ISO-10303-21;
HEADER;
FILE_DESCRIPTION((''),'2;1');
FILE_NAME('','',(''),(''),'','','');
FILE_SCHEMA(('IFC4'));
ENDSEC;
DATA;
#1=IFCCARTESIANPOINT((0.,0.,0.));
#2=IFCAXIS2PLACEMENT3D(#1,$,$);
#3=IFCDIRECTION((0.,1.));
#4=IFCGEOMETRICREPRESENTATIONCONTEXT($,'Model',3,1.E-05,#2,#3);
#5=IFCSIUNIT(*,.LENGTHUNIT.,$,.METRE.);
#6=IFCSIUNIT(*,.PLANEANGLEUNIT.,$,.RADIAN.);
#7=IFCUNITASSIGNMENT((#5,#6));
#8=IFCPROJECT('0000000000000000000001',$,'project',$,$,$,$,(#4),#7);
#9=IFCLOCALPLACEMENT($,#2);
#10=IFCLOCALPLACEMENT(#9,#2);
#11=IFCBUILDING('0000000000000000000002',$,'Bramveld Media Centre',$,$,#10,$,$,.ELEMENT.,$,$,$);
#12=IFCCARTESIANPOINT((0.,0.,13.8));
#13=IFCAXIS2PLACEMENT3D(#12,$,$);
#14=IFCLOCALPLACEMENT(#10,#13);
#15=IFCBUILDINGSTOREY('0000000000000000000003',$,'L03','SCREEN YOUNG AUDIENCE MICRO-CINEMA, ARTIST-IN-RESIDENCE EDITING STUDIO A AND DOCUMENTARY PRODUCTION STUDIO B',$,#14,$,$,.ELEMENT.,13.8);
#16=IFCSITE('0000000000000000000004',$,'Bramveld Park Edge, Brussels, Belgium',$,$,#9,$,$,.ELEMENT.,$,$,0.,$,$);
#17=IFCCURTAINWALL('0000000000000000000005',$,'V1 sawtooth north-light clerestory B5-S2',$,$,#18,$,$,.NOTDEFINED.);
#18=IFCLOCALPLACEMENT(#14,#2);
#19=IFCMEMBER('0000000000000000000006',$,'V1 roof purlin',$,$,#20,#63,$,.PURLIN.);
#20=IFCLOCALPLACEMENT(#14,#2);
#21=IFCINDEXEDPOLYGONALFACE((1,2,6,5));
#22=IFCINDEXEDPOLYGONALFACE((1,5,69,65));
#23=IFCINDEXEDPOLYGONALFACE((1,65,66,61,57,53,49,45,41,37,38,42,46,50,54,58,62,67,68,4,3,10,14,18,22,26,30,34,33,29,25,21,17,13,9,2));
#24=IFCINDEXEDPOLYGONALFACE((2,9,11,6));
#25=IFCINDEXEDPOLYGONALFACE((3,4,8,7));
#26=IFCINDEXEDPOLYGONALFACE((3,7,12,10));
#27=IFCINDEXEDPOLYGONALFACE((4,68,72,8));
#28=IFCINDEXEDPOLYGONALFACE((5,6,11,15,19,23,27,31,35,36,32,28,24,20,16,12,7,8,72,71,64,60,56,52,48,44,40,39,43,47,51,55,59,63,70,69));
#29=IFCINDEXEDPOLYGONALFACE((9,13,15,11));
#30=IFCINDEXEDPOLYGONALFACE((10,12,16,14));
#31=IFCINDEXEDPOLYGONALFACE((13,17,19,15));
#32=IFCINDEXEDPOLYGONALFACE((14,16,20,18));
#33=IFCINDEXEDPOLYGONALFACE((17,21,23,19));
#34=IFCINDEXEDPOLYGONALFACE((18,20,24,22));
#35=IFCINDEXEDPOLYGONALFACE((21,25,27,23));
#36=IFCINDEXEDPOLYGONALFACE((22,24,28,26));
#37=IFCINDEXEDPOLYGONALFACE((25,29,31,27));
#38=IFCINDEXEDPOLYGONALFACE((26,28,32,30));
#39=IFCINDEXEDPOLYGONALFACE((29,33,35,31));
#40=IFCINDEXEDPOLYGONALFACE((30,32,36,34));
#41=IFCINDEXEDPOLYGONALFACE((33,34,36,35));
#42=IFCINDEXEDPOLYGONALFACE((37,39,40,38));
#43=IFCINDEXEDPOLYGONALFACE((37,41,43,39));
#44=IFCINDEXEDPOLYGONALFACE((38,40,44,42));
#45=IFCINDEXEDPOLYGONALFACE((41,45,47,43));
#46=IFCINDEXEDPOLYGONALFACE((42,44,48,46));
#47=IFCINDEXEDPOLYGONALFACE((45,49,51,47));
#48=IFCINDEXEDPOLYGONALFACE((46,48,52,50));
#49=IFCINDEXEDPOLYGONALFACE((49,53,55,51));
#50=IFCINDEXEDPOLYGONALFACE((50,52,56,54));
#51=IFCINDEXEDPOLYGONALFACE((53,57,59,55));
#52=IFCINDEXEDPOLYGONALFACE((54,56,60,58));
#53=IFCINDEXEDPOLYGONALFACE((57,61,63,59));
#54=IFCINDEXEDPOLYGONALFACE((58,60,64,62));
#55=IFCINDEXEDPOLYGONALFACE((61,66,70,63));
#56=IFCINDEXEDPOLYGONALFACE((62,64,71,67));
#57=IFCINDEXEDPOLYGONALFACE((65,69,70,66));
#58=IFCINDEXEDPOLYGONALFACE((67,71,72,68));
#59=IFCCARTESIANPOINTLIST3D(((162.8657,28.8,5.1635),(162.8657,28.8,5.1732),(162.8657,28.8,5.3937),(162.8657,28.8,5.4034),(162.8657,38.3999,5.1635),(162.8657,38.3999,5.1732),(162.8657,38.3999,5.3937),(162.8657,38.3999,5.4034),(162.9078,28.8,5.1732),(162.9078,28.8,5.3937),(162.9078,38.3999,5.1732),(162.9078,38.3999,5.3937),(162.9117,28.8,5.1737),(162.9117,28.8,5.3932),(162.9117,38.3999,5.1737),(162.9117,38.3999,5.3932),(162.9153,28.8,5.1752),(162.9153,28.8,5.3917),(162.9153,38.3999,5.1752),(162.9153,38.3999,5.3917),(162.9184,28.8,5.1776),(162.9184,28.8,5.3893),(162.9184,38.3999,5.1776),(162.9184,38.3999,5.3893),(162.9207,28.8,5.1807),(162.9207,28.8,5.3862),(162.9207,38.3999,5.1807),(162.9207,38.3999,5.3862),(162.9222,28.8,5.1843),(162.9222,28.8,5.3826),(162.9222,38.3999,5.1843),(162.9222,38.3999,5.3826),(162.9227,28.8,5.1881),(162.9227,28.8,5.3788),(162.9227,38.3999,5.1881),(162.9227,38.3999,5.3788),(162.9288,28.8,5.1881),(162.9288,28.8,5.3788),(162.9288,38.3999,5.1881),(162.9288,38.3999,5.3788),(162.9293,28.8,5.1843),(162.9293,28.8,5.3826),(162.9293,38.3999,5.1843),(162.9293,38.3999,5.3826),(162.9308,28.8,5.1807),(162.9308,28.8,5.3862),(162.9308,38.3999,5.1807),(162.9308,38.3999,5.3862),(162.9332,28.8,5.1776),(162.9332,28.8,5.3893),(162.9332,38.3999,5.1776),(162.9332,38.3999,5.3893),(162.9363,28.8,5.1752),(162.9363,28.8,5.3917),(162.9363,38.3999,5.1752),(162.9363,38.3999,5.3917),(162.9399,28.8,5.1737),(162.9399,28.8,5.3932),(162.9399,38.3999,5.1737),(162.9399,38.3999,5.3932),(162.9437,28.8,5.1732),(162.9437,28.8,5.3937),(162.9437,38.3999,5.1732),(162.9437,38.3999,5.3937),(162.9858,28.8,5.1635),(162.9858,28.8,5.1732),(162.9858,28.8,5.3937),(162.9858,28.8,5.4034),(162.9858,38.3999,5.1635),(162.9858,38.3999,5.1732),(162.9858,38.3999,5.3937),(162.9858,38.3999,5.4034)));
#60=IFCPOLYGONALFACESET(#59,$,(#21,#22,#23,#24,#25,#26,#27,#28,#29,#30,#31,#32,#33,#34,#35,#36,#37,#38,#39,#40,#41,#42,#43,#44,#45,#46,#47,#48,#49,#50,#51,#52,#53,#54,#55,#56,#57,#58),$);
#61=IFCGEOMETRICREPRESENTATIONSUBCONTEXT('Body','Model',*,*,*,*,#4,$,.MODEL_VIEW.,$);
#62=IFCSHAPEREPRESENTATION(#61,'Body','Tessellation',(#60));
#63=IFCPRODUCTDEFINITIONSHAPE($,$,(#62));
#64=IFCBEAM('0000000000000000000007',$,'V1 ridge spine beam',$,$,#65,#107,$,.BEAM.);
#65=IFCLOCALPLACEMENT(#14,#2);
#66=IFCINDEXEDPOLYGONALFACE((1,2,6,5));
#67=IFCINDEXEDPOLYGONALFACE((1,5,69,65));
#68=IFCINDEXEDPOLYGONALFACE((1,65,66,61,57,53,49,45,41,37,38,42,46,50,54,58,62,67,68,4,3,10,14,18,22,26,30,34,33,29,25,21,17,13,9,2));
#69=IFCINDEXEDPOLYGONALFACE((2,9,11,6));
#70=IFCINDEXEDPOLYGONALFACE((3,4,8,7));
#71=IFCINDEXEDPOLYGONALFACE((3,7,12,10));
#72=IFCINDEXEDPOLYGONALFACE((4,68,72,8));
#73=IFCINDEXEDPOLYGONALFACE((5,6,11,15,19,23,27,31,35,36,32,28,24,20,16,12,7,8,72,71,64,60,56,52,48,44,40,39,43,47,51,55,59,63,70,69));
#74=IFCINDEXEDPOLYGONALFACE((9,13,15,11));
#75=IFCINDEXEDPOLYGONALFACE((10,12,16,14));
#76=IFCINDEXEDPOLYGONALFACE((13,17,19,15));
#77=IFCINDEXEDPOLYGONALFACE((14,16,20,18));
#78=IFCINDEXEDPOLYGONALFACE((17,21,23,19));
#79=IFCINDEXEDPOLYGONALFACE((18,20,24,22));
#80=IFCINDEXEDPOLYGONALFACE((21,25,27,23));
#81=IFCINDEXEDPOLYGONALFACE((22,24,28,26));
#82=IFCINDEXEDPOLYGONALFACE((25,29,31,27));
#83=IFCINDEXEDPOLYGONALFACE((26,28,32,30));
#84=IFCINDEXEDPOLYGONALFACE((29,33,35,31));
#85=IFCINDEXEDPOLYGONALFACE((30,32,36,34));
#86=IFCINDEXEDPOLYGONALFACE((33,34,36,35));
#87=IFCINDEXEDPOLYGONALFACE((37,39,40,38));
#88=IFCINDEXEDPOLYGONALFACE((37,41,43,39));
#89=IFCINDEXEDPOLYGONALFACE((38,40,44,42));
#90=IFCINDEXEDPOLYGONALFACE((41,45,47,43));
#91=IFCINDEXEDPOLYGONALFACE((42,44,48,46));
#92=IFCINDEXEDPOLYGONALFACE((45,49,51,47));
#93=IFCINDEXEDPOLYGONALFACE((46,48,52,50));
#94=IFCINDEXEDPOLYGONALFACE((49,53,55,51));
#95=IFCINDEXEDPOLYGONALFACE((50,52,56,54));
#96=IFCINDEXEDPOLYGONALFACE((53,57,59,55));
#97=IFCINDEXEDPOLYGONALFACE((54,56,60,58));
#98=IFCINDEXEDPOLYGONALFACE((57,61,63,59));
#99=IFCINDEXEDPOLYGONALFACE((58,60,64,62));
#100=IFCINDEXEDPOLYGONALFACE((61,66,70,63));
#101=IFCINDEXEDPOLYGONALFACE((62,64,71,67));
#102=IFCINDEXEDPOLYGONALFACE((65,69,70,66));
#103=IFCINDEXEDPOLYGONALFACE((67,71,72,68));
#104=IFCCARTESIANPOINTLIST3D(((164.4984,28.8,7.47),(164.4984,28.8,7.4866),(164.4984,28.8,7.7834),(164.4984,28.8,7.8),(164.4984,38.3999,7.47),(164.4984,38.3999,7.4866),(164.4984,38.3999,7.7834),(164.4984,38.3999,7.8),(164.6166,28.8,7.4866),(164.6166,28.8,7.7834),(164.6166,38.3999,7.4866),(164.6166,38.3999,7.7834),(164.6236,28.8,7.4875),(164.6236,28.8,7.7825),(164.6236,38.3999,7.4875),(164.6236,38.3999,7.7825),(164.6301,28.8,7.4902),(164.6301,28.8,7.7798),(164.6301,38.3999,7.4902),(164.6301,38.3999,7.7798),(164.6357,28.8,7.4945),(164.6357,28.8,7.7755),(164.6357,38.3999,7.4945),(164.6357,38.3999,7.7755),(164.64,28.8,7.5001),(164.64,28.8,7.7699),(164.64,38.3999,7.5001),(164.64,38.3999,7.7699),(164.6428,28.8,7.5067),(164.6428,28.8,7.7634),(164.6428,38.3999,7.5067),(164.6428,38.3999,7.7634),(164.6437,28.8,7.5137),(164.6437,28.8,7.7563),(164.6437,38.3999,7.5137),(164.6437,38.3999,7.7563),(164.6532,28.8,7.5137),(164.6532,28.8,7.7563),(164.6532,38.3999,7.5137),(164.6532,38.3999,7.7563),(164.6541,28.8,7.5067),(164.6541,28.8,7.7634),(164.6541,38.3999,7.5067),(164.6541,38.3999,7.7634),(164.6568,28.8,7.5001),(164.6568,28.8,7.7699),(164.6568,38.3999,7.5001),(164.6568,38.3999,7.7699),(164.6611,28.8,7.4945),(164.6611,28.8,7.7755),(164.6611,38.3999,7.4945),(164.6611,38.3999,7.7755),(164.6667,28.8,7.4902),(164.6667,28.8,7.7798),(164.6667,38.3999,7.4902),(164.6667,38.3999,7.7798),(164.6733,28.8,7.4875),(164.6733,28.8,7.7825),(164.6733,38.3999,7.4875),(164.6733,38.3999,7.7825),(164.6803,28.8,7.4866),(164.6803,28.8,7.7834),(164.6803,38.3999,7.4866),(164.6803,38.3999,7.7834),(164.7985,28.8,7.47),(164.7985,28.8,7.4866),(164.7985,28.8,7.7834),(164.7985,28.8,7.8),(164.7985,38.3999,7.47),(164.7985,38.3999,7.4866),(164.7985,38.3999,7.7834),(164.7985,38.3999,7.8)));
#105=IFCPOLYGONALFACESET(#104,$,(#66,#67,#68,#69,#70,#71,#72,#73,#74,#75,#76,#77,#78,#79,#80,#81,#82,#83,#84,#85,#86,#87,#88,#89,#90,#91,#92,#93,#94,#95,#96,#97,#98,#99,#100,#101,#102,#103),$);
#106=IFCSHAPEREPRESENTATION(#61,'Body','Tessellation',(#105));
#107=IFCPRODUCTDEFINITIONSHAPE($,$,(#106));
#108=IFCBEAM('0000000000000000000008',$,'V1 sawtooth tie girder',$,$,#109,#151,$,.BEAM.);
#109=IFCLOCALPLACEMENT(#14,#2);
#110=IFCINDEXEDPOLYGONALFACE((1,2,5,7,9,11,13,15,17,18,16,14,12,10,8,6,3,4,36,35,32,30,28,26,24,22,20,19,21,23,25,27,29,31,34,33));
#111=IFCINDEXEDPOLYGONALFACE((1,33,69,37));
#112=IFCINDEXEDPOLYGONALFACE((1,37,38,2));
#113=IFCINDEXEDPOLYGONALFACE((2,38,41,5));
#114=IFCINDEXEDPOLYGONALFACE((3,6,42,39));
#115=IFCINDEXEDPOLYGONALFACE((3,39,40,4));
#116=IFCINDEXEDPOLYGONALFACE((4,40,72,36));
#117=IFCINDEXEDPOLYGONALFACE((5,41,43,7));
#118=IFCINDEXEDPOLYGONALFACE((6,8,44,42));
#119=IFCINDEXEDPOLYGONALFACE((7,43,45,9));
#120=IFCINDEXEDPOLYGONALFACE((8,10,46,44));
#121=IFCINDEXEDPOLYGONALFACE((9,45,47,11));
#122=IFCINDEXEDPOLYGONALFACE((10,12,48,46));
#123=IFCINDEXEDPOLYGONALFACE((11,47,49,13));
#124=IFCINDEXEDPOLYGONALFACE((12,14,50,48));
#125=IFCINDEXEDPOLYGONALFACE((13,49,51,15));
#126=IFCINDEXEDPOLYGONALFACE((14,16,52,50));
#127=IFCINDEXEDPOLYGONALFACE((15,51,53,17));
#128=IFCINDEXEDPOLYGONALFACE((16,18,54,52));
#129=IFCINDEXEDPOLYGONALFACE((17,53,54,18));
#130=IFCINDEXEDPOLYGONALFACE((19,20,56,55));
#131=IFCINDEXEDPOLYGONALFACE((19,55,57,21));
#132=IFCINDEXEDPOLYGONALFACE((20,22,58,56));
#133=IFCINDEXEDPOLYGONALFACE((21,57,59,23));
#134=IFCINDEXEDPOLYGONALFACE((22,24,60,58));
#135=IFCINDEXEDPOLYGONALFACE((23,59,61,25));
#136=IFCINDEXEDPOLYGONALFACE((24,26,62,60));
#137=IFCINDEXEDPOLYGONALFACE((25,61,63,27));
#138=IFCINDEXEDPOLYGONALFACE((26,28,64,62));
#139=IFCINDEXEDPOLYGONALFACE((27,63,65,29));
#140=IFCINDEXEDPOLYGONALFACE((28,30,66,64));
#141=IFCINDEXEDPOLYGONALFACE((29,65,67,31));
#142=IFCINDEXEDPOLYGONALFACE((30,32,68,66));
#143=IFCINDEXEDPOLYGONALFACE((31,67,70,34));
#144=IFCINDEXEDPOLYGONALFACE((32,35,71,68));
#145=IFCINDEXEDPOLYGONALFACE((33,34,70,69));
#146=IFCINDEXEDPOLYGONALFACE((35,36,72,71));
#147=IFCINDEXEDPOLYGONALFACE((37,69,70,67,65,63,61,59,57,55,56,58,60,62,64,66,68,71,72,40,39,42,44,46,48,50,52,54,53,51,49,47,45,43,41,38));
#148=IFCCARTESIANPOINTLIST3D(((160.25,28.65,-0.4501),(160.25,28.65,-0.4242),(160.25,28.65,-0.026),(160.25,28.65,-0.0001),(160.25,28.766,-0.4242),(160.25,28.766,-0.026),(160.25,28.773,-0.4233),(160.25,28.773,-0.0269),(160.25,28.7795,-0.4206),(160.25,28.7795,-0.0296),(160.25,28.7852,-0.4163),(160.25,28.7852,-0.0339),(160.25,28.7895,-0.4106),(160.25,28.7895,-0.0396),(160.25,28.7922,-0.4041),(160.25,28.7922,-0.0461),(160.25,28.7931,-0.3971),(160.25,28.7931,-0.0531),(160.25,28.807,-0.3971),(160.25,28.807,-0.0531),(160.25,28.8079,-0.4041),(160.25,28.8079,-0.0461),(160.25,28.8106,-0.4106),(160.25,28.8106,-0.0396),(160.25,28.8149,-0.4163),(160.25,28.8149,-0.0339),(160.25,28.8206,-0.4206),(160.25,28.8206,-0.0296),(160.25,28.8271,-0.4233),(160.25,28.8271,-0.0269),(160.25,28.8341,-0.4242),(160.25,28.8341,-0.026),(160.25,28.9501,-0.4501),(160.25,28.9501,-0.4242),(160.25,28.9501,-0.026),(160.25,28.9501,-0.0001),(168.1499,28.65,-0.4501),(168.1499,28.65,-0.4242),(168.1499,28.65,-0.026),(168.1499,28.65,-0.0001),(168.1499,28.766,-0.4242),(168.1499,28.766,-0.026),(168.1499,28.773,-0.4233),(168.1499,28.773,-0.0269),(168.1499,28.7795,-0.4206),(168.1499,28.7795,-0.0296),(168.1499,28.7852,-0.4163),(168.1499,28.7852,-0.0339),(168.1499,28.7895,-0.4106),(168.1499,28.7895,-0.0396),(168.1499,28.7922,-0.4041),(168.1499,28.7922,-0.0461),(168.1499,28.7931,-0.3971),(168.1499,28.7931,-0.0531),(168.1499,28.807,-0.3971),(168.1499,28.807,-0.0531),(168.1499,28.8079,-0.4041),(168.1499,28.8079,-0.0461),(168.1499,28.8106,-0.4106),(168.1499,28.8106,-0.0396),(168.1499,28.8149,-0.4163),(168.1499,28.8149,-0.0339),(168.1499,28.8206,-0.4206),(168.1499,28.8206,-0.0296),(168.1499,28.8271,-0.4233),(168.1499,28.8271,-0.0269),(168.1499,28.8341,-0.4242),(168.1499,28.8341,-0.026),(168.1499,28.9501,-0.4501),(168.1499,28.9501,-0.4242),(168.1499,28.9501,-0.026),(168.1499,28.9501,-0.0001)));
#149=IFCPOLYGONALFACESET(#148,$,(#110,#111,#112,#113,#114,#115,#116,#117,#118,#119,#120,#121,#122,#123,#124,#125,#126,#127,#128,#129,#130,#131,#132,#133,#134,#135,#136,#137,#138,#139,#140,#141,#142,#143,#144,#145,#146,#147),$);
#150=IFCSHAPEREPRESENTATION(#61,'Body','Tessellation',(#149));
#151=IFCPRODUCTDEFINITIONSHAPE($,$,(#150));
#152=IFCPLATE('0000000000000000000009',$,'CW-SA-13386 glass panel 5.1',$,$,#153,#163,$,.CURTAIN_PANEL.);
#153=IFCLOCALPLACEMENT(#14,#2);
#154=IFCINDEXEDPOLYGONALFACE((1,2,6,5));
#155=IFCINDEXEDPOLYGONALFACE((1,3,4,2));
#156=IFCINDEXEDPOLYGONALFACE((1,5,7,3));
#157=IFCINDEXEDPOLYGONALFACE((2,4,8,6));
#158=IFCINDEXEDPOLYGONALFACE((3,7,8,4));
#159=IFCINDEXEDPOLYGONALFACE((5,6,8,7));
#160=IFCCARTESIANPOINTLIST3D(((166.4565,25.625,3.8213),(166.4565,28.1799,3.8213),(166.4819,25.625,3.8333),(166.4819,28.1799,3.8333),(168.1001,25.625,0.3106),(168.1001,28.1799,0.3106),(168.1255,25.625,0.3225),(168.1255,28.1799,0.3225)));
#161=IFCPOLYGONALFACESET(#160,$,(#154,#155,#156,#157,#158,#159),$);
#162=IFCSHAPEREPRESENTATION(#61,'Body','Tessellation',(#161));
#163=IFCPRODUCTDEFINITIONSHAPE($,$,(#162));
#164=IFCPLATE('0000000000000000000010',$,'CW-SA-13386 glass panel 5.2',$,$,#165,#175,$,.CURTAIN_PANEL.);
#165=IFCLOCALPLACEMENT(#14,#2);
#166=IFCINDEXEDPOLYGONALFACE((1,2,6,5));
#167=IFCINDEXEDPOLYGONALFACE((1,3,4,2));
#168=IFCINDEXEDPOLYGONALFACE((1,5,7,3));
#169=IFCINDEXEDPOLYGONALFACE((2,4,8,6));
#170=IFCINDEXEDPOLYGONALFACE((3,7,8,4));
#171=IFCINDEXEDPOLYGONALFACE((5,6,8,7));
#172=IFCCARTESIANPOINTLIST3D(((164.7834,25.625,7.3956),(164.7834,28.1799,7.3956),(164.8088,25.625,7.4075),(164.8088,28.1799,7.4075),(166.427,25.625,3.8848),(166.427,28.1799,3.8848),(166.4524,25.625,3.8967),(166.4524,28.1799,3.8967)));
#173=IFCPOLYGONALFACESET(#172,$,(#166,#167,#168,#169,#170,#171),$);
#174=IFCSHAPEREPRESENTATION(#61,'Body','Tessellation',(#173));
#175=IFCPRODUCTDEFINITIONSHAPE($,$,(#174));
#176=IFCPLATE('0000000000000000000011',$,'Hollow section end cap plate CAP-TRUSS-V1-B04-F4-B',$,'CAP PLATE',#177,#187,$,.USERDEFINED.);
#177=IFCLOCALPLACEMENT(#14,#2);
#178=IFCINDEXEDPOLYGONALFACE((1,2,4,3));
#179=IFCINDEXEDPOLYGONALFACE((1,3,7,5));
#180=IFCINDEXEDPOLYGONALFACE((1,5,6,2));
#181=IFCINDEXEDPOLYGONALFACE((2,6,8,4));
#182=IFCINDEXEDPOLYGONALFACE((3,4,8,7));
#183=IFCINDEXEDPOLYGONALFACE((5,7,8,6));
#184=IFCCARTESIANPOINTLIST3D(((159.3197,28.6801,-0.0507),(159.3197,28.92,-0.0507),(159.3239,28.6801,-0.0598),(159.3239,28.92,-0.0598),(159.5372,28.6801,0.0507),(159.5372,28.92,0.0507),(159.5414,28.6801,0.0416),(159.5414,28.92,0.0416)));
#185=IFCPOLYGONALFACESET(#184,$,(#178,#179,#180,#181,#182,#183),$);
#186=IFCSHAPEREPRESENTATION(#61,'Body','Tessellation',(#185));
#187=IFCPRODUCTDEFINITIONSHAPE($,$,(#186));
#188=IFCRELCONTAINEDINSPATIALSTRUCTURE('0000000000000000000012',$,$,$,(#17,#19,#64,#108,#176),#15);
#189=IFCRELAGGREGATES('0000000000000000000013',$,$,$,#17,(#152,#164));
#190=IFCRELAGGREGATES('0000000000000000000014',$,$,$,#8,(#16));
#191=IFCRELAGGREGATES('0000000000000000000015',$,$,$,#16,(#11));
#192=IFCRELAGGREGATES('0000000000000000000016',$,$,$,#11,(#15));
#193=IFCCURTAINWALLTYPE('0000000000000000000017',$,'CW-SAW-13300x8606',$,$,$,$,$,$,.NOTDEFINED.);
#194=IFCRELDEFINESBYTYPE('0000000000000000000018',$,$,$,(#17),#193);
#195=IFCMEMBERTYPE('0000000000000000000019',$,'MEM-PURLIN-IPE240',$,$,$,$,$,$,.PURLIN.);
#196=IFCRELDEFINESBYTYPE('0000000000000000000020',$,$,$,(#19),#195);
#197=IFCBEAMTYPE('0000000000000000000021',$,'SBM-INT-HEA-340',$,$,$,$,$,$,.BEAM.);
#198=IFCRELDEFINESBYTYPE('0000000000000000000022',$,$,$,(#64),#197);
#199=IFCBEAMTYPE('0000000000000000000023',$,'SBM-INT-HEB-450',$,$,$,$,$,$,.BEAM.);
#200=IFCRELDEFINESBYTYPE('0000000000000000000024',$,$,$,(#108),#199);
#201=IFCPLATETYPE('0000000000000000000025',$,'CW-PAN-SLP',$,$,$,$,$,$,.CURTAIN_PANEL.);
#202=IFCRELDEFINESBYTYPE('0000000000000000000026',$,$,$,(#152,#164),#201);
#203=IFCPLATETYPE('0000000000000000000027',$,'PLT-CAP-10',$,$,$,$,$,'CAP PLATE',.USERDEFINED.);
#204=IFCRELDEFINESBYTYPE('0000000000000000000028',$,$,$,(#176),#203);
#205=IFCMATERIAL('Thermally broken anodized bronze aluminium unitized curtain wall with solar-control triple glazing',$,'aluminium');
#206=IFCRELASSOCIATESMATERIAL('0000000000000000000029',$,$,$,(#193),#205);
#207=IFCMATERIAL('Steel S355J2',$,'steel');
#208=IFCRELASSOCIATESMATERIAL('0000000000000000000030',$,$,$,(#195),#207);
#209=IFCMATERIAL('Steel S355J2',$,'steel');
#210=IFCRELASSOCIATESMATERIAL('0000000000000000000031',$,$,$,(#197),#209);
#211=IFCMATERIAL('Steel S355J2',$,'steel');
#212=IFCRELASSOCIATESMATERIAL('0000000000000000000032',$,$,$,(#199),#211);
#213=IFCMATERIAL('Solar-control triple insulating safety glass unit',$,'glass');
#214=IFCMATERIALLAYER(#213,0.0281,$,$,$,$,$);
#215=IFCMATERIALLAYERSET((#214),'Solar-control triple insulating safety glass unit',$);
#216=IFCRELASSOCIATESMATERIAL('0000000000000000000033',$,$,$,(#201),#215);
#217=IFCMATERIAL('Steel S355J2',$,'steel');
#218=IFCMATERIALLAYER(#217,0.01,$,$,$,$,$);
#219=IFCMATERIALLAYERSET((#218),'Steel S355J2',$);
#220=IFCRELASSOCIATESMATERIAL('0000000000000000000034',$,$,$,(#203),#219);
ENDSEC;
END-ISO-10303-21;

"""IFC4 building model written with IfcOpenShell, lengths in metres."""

from ifc_helpers import new_model, si_unit, direction, frame, origin, origin_2d, place, context, subcontext, project, spatial, polyline, rectangle, i_section, outline, extrude, material, layer, layer_set, material_profile, profile_set, type_object, element, aggregate, save


model = new_model("IFC4")

# Units and contexts
model_context = context("Model", 3, precision=1e-05, world=origin(), true_north=direction((0.0, 1.0)))
body_context = subcontext(model_context, "Body", "Model", "MODEL_VIEW")
ifc_project = project(units=[si_unit("LENGTHUNIT", "METRE"), si_unit("PLANEANGLEUNIT", "RADIAN")], contexts=[model_context])

# Site, building, storey
site_placement = place(None, origin())
site = spatial("IfcSite", under=ifc_project, at=site_placement, Name="Bramveld Park Edge, Brussels, Belgium", CompositionType="ELEMENT", RefElevation=0.0)
building_placement = place(site_placement, origin())
building = spatial("IfcBuilding", under=site, at=building_placement, Name="Bramveld Media Centre", CompositionType="ELEMENT")
storey_placement = place(building_placement, frame((0.0, 0.0, 13.8)))
storey = spatial("IfcBuildingStorey", under=building, at=storey_placement, Name="L03", Description="SCREEN YOUNG AUDIENCE MICRO-CINEMA, ARTIST-IN-RESIDENCE EDITING STUDIO A AND DOCUMENTARY PRODUCTION STUDIO B", CompositionType="ELEMENT", Elevation=13.8)

# Curtain wall
ifc_material_1 = material(Name="Thermally broken anodized bronze aluminium unitized curtain wall with solar-control triple glazing", Category="aluminium")
curtain_wall_type = type_object("IfcCurtainWallType", Name="CW-SAW-13300x8606", PredefinedType="NOTDEFINED", material=ifc_material_1)
curtain_wall_1_placement = place(storey_placement, origin())
curtain_wall_1 = element("IfcCurtainWall", 1, at=curtain_wall_1_placement, inside=storey, type_object=curtain_wall_type, Name="V1 sawtooth north-light clerestory B5-S2", PredefinedType="NOTDEFINED")

# Member
ifc_material_2 = material(Name="Steel S355J2", Category="steel")
ifc_material_profile_1 = material_profile(ifc_material_2, i_section(OverallWidth=0.1201, OverallDepth=0.24, WebThickness=0.0061, FlangeThickness=0.0098, FilletRadius=0.0149, at=origin_2d()), Name="IPE 240")
ifc_profile_set_1 = profile_set([ifc_material_profile_1], Name="Steel S355J2")
member_type_1 = type_object("IfcMemberType", Name="MEM-PURLIN-IPE240", PredefinedType="PURLIN", material=ifc_profile_set_1)
member_1_placement = place(storey_placement, frame((162.9258, 28.8, 5.2834), z_axis=(0.0, 1.0, 0.0), x_axis=(-1.0, 0.0, 0.0)))
element("IfcMember", 2, at=member_1_placement, inside=storey, type_object=member_type_1, Name="V1 roof purlin", PredefinedType="PURLIN", context=body_context, shape_type="SweptSolid", body=[
    extrude(i_section(OverallWidth=0.1201, OverallDepth=0.24, WebThickness=0.0061, FlangeThickness=0.0098, FilletRadius=0.0149, at=origin_2d()), origin(), (0.0, 0.0, 1.0), 9.5999),
])

# Beams
ifc_material_3 = material(Name="Steel S355J2", Category="steel")
ifc_material_profile_2 = material_profile(ifc_material_3, i_section(OverallWidth=0.3, OverallDepth=0.3301, WebThickness=0.0095, FlangeThickness=0.0166, FilletRadius=0.0271, at=origin_2d()), Name="HEA 340")
ifc_profile_set_2 = profile_set([ifc_material_profile_2], Name="Steel S355J2")
beam_type_1 = type_object("IfcBeamType", Name="SBM-INT-HEA-340", PredefinedType="BEAM", material=ifc_profile_set_2)
beam_1_placement = place(storey_placement, frame((164.6484, 28.8, 7.635), z_axis=(0.0, 1.0, 0.0), x_axis=(-1.0, 0.0, 0.0)))
element("IfcBeam", 3, at=beam_1_placement, inside=storey, type_object=beam_type_1, Name="V1 ridge spine beam", PredefinedType="BEAM", context=body_context, shape_type="SweptSolid", body=[
    extrude(i_section(OverallWidth=0.3, OverallDepth=0.3301, WebThickness=0.0095, FlangeThickness=0.0166, FilletRadius=0.0271, at=origin_2d()), origin(), (0.0, 0.0, 1.0), 9.5999),
])
ifc_material_4 = material(Name="Steel S355J2", Category="steel")
ifc_material_profile_3 = material_profile(ifc_material_4, i_section(OverallWidth=0.3, OverallDepth=0.45, WebThickness=0.0139, FlangeThickness=0.0259, FilletRadius=0.0271, at=origin_2d()), Name="HEB 450")
ifc_profile_set_3 = profile_set([ifc_material_profile_3], Name="Steel S355J2")
beam_type_2 = type_object("IfcBeamType", Name="SBM-INT-HEB-450", PredefinedType="BEAM", material=ifc_profile_set_3)
beam_2_placement = place(storey_placement, frame((160.25, 28.8, -0.2251), z_axis=(1.0, 0.0, 0.0), x_axis=(0.0, 1.0, 0.0)))
element("IfcBeam", 4, at=beam_2_placement, inside=storey, type_object=beam_type_2, Name="V1 sawtooth tie girder", PredefinedType="BEAM", context=body_context, shape_type="SweptSolid", body=[
    extrude(i_section(OverallWidth=0.3, OverallDepth=0.45, WebThickness=0.0139, FlangeThickness=0.0259, FilletRadius=0.0271, at=origin_2d()), origin(), (0.0, 0.0, 1.0), 7.8999),
])

# Plates
ifc_material_5 = material(Name="Solar-control triple insulating safety glass unit", Category="glass")
ifc_layer_1 = layer(ifc_material_5, 0.0281)
ifc_layer_set_1 = layer_set([ifc_layer_1], Name="Solar-control triple insulating safety glass unit")
plate_type_1 = type_object("IfcPlateType", Name="CW-PAN-SLP", PredefinedType="CURTAIN_PANEL", material=ifc_layer_set_1)
plate_1_placement = place(storey_placement, frame((168.1255, 25.625, 0.3225), z_axis=(0.905668, 0.0, 0.423988), x_axis=(0.0, 1.0, 0.0)))
plate_1 = element("IfcPlate", 5, at=plate_1_placement, type_object=plate_type_1, Name="CW-SA-13386 glass panel 5.1", PredefinedType="CURTAIN_PANEL", context=body_context, shape_type="SweptSolid", body=[
    extrude(outline(polyline([(0.0, 0.0), (2.5549, 0.0), (2.5549, 3.8764), (0.0, 3.8764), (0.0, 0.0)])), origin(), (0.0, 0.0, -1.0), 0.0281),
])
plate_2_placement = place(storey_placement, frame((166.4524, 25.625, 3.8967), z_axis=(0.905668, 0.0, 0.423988), x_axis=(0.0, 1.0, 0.0)))
plate_2 = element("IfcPlate", 6, at=plate_2_placement, type_object=plate_type_1, Name="CW-SA-13386 glass panel 5.2", PredefinedType="CURTAIN_PANEL", context=body_context, shape_type="SweptSolid", body=[
    extrude(outline(polyline([(0.0, 0.0), (2.5549, 0.0), (2.5549, 3.8764), (0.0, 3.8764), (0.0, 0.0)])), origin(), (0.0, 0.0, -1.0), 0.0281),
])
aggregate(curtain_wall_1, [plate_1, plate_2])

# Plate
ifc_material_6 = material(Name="Steel S355J2", Category="steel")
ifc_layer_2 = layer(ifc_material_6, 0.01)
ifc_layer_set_2 = layer_set([ifc_layer_2], Name="Steel S355J2")
plate_type_2 = type_object("IfcPlateType", Name="PLT-CAP-10", ElementType="CAP PLATE", PredefinedType="USERDEFINED", material=ifc_layer_set_2)
for number, where, z_axis, x_axis, name in (
    (7, (159.4285, 28.8, 0.0), (0.422628, 0.0, -0.906303), (0.0, 1.0, 0.0), "Hollow section end cap plate CAP-TRUSS-V1-B04-F4-B"),
):
    element("IfcPlate", number, at=place(storey_placement, frame(where, z_axis=z_axis, x_axis=x_axis)), inside=storey, type_object=plate_type_2, Name=name, ObjectType="CAP PLATE", PredefinedType="USERDEFINED", context=body_context, shape_type="SweptSolid", body=[
        extrude(rectangle(XDim=0.24, YDim=0.24, at=origin_2d()), origin(), (0.0, 0.0, 1.0), 0.01),
    ])

save(model, "model.ifc")
